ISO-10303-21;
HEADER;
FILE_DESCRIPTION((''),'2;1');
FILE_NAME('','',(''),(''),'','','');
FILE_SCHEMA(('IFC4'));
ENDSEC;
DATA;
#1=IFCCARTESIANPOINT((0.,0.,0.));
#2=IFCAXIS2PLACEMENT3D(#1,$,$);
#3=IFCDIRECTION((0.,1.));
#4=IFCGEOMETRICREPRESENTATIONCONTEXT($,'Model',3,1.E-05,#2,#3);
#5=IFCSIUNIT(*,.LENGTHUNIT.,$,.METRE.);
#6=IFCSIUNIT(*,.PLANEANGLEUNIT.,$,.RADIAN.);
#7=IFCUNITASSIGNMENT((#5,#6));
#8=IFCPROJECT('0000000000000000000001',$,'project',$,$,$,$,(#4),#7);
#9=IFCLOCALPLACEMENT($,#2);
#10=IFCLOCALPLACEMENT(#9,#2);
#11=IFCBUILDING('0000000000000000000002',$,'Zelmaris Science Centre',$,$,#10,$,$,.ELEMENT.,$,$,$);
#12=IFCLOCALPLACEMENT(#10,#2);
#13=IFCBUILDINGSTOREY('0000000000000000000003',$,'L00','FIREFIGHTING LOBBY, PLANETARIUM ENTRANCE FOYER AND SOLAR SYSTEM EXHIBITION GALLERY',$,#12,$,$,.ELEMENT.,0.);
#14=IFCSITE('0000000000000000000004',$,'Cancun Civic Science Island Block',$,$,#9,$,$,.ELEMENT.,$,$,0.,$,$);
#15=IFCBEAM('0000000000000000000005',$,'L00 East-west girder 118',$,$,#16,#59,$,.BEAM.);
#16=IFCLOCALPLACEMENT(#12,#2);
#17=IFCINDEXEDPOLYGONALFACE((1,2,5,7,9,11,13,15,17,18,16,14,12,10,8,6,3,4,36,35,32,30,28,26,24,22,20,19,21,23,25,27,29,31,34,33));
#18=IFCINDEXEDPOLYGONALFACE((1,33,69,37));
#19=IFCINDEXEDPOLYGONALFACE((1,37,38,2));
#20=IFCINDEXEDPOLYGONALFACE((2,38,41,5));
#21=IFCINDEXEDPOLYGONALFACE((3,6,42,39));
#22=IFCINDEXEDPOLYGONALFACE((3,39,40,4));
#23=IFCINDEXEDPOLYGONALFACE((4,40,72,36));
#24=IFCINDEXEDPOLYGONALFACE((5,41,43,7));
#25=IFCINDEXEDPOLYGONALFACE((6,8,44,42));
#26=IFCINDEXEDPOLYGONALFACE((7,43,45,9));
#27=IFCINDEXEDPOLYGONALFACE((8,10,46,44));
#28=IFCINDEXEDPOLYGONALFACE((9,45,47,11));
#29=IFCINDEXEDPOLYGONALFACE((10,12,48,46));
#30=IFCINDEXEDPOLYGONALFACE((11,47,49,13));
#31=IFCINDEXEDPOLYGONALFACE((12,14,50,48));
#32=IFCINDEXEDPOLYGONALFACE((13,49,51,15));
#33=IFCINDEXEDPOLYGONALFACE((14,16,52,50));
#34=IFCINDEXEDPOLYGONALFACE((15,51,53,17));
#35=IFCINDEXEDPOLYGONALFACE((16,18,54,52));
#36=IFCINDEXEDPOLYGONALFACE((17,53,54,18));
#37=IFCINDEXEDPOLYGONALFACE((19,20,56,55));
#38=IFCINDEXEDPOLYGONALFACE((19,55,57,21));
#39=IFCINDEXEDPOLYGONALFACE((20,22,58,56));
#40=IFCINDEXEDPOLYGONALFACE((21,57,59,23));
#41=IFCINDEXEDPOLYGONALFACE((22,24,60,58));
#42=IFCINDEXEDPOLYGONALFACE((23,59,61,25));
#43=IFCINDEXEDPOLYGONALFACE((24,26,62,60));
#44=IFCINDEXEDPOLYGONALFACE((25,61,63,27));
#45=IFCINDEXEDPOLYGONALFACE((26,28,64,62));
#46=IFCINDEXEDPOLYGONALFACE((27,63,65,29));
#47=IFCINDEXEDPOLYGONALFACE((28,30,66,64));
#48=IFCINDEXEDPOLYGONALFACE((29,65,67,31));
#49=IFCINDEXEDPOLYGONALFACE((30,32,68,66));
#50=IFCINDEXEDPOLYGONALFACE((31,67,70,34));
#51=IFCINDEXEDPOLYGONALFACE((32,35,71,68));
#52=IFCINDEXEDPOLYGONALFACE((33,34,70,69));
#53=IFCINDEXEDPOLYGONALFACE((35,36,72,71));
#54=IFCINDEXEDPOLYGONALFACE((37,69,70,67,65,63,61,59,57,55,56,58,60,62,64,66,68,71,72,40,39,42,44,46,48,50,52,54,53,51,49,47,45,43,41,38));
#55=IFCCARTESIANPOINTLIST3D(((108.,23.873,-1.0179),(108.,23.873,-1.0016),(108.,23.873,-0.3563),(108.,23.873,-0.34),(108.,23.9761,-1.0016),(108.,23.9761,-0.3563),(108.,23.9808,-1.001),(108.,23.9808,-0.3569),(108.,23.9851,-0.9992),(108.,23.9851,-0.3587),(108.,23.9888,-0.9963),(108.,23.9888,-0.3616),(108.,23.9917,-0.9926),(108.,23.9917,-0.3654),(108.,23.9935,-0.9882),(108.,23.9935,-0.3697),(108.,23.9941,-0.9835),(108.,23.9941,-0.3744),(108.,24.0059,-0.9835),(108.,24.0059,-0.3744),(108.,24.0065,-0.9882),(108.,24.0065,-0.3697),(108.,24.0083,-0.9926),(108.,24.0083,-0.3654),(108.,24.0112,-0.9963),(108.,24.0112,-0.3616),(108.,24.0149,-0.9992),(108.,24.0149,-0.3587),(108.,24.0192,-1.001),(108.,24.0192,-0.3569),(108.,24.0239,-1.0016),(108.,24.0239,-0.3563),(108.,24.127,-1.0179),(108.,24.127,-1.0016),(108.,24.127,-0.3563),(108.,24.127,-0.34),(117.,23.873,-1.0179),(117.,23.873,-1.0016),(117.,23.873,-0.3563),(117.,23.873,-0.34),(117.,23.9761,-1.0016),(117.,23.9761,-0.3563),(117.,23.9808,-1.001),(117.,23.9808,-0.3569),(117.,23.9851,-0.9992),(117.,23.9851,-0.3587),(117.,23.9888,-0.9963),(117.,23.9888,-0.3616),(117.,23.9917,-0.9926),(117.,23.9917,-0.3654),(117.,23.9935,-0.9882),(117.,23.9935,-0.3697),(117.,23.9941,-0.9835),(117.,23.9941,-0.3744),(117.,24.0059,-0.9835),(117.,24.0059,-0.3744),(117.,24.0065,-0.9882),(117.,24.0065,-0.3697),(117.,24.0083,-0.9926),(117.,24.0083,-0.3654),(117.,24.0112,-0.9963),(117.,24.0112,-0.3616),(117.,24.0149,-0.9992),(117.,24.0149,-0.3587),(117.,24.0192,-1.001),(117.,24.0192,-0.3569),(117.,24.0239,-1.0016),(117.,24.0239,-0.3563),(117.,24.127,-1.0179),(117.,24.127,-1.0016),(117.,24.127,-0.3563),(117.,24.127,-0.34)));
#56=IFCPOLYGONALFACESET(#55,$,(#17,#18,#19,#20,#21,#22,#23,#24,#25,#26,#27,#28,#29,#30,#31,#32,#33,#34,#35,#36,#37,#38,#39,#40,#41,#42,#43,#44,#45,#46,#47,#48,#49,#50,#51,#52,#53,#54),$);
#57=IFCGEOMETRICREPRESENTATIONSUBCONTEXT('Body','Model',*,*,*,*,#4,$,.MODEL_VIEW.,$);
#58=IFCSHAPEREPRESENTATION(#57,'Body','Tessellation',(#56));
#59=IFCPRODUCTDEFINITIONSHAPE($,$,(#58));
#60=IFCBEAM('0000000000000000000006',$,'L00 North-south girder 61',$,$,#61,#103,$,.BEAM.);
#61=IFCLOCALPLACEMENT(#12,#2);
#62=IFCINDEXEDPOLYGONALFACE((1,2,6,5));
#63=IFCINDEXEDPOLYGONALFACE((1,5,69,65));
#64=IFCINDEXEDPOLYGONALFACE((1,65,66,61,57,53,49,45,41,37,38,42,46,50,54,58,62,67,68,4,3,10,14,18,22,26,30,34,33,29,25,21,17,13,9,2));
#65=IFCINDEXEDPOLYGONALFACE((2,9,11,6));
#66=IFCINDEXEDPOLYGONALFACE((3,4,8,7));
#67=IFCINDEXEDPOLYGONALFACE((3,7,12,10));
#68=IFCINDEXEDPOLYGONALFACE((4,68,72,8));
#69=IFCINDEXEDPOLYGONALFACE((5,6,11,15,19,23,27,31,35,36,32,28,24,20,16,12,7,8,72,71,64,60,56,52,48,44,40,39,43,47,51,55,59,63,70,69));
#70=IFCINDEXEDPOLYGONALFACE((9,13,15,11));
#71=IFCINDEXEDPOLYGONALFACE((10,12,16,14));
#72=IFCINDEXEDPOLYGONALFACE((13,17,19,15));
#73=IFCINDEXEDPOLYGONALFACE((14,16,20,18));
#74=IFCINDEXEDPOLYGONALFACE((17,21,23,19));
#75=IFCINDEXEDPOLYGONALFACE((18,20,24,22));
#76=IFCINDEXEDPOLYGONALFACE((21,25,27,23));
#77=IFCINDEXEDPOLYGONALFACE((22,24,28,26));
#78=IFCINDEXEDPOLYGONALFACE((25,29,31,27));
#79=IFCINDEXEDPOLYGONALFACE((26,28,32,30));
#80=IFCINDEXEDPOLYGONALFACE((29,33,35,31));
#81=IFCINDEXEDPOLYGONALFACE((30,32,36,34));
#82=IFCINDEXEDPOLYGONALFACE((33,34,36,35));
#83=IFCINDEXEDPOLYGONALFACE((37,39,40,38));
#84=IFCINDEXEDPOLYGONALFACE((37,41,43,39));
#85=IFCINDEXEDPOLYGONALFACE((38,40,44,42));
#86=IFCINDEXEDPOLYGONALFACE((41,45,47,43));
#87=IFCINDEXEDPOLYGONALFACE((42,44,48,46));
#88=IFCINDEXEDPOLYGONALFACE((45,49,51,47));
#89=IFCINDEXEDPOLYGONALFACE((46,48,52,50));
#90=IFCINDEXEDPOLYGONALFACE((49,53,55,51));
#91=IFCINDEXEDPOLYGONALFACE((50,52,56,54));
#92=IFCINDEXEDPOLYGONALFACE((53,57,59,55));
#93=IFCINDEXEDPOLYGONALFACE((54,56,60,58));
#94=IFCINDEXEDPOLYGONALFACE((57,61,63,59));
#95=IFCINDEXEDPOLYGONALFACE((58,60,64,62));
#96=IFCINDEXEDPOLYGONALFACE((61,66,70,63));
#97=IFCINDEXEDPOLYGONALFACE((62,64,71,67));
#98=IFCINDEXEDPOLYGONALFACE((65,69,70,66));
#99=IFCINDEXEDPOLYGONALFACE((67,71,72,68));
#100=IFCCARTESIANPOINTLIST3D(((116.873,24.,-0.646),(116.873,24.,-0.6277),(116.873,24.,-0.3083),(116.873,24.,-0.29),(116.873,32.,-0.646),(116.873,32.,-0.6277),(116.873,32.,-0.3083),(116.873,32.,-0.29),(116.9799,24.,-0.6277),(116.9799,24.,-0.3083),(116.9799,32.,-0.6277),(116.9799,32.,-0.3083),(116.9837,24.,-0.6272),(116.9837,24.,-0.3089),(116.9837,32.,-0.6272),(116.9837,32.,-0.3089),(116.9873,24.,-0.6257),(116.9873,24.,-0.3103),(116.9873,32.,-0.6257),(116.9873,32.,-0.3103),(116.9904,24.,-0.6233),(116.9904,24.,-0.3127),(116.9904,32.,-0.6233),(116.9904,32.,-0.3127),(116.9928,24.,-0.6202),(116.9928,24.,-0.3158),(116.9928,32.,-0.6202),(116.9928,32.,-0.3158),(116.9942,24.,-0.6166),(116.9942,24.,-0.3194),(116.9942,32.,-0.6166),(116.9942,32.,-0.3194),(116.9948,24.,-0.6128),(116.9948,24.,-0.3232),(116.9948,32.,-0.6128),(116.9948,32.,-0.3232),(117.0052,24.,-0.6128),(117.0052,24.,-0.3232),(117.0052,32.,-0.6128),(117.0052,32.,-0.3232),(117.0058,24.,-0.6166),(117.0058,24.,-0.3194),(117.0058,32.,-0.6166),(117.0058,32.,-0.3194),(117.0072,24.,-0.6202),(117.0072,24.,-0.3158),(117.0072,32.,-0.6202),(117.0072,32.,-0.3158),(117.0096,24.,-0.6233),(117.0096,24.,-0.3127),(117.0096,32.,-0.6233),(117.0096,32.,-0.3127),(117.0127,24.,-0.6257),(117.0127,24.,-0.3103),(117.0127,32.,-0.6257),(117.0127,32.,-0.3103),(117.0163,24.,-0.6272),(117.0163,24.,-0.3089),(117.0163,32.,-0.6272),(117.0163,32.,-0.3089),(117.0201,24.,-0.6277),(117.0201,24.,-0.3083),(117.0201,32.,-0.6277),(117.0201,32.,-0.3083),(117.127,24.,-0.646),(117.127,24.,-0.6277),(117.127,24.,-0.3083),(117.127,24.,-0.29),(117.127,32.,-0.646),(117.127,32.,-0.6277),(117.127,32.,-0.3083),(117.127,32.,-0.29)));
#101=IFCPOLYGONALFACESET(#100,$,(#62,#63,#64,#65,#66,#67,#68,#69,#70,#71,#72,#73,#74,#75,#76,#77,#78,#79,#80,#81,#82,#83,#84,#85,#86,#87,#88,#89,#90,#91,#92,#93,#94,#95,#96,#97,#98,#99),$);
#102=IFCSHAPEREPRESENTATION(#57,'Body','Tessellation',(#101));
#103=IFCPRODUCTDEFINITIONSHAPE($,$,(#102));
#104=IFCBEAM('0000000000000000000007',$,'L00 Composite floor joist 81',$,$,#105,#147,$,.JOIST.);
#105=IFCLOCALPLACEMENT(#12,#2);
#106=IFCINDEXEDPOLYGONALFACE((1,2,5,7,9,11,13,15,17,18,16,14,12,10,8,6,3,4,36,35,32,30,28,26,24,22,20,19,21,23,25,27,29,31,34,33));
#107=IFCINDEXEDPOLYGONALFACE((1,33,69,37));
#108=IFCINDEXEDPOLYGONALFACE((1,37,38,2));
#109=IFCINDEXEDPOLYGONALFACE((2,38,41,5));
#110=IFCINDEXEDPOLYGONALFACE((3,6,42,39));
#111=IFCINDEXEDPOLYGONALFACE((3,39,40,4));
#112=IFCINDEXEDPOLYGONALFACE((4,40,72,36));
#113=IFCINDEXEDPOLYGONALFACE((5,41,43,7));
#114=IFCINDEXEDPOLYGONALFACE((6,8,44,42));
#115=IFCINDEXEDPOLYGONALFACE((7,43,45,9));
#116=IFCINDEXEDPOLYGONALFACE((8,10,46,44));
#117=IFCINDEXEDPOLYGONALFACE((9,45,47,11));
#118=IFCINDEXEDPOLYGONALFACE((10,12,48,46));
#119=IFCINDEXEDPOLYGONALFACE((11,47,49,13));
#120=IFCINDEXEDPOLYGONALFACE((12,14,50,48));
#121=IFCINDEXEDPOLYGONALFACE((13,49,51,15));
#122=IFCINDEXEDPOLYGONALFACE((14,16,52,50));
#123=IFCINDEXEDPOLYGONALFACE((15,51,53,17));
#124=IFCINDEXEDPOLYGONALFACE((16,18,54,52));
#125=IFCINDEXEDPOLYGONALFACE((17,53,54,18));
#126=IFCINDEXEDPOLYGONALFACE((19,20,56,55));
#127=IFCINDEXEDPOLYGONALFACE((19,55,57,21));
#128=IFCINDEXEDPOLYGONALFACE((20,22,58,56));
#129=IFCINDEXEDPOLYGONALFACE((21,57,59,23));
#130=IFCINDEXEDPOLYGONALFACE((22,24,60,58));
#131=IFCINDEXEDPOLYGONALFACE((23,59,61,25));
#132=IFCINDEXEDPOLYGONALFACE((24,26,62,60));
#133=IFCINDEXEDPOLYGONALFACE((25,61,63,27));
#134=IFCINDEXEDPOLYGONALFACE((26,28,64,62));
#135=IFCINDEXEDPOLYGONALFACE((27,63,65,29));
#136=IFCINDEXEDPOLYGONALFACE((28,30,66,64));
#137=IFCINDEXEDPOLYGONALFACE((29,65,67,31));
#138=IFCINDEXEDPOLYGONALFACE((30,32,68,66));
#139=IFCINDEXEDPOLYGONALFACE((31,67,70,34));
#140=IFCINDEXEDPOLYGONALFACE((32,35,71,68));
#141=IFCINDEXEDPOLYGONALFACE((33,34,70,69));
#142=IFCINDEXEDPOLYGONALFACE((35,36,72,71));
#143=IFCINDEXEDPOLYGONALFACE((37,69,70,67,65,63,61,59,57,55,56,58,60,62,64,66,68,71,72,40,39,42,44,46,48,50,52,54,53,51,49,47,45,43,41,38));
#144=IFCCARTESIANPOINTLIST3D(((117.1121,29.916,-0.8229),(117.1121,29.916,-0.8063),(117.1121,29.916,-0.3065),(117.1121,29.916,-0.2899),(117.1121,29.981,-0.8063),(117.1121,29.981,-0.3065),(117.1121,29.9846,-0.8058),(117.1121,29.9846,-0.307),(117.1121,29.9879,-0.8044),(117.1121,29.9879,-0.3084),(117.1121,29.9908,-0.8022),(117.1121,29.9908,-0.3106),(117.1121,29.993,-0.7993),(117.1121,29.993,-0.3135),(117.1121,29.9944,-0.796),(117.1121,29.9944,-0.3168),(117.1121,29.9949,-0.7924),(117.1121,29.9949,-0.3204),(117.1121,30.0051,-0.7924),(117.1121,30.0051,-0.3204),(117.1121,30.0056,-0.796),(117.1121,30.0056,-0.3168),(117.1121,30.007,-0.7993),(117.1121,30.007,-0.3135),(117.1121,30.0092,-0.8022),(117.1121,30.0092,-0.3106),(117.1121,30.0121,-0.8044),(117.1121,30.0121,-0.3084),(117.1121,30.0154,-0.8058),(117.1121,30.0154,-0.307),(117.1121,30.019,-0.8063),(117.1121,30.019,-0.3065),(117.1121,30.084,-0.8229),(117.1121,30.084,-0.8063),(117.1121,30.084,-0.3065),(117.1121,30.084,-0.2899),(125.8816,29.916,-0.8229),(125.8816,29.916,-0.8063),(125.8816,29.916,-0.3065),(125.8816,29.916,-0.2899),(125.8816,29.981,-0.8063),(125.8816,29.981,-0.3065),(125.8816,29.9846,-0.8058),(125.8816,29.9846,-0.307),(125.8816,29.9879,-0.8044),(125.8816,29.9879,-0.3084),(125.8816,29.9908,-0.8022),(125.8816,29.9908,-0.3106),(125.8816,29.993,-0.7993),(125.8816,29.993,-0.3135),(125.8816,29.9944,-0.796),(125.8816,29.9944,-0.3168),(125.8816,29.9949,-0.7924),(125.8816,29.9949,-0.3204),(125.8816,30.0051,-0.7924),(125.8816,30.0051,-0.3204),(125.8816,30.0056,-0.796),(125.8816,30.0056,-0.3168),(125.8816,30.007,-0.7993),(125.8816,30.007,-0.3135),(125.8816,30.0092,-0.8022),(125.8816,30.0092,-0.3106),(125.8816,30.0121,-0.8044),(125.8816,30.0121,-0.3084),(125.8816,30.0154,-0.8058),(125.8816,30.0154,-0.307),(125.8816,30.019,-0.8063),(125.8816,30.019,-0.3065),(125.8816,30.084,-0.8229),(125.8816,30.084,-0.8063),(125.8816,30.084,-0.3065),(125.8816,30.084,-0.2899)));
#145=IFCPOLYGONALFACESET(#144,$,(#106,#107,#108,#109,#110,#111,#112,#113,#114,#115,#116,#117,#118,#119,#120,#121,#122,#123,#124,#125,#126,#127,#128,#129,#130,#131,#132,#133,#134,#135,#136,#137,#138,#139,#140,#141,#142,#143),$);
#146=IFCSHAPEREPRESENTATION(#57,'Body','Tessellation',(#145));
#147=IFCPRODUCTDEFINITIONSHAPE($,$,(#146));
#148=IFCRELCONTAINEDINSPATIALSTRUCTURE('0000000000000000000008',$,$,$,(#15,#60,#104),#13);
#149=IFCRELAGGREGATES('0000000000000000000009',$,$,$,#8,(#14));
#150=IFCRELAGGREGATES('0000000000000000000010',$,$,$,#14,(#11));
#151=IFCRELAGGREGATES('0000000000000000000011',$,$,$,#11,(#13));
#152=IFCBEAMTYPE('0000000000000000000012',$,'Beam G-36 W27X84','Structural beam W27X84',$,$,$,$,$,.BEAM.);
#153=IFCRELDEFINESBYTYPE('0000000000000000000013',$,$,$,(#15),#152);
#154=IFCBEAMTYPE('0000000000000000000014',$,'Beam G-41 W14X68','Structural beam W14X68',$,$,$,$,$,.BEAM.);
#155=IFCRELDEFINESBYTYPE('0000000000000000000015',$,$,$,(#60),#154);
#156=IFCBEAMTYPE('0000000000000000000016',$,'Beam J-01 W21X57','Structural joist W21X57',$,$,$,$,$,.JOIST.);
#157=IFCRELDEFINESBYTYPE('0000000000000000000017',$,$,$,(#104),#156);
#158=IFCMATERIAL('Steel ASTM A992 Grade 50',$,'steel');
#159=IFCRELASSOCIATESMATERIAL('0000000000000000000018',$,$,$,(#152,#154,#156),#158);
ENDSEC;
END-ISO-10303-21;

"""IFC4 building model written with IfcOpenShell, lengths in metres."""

from ifc_helpers import new_model, si_unit, direction, frame, origin, origin_2d, place, context, subcontext, project, spatial, i_section, extrude, material, material_profile, profile_set, type_object, element, save


model = new_model("IFC4")

# Units and contexts
model_context = context("Model", 3, precision=1e-05, world=origin(), true_north=direction((0.0, 1.0)))
body_context = subcontext(model_context, "Body", "Model", "MODEL_VIEW")
ifc_project = project(units=[si_unit("LENGTHUNIT", "METRE"), si_unit("PLANEANGLEUNIT", "RADIAN")], contexts=[model_context])

# Site, building, storey
site_placement = place(None, origin())
site = spatial("IfcSite", under=ifc_project, at=site_placement, Name="Cancun Civic Science Island Block", CompositionType="ELEMENT", RefElevation=0.0)
building_placement = place(site_placement, origin())
building = spatial("IfcBuilding", under=site, at=building_placement, Name="Zelmaris Science Centre", CompositionType="ELEMENT")
storey_placement = place(building_placement, origin())
storey = spatial("IfcBuildingStorey", under=building, at=storey_placement, Name="L00", Description="FIREFIGHTING LOBBY, PLANETARIUM ENTRANCE FOYER AND SOLAR SYSTEM EXHIBITION GALLERY", CompositionType="ELEMENT", Elevation=0.0)

# Shared definitions
ifc_material_1 = material(Name="Steel ASTM A992 Grade 50", Category="steel")

# Beams
ifc_material_profile_1 = material_profile(ifc_material_1, i_section(OverallWidth=0.2539, OverallDepth=0.678, WebThickness=0.0117, FlangeThickness=0.0164, FilletRadius=0.0181, at=origin_2d()), Name="W27X84")
ifc_profile_set_1 = profile_set([ifc_material_profile_1], Name="Steel ASTM A992 Grade 50")
beam_type_1 = type_object("IfcBeamType", Name="Beam G-36 W27X84", Description="Structural beam W27X84", PredefinedType="BEAM", material=ifc_profile_set_1)
beam_1_placement = place(storey_placement, frame((108.0, 24.0, -0.679), z_axis=(1.0, 0.0, 0.0), x_axis=(0.0, 1.0, 0.0)))
element("IfcBeam", 1, at=beam_1_placement, inside=storey, type_object=beam_type_1, Name="L00 East-west girder 118", PredefinedType="BEAM", context=body_context, shape_type="SweptSolid", body=[
    extrude(i_section(OverallWidth=0.2539, OverallDepth=0.678, WebThickness=0.0117, FlangeThickness=0.0164, FilletRadius=0.0181, at=origin_2d()), origin(), (0.0, 0.0, 1.0), 9.0),
])
ifc_material_profile_2 = material_profile(ifc_material_1, i_section(OverallWidth=0.2539, OverallDepth=0.356, WebThickness=0.0105, FlangeThickness=0.0183, FilletRadius=0.0149, at=origin_2d()), Name="W14X68")
ifc_profile_set_2 = profile_set([ifc_material_profile_2], Name="Steel ASTM A992 Grade 50")
beam_type_2 = type_object("IfcBeamType", Name="Beam G-41 W14X68", Description="Structural beam W14X68", PredefinedType="BEAM", material=ifc_profile_set_2)
beam_2_placement = place(storey_placement, frame((117.0, 24.0, -0.468), z_axis=(0.0, 1.0, 0.0), x_axis=(-1.0, 0.0, 0.0)))
element("IfcBeam", 2, at=beam_2_placement, inside=storey, type_object=beam_type_2, Name="L00 North-south girder 61", PredefinedType="BEAM", context=body_context, shape_type="SweptSolid", body=[
    extrude(i_section(OverallWidth=0.2539, OverallDepth=0.356, WebThickness=0.0105, FlangeThickness=0.0183, FilletRadius=0.0149, at=origin_2d()), origin(), (0.0, 0.0, 1.0), 8.0),
])
ifc_material_profile_3 = material_profile(ifc_material_1, i_section(OverallWidth=0.168, OverallDepth=0.533, WebThickness=0.0103, FlangeThickness=0.0166, FilletRadius=0.0139, at=origin_2d()), Name="W21X57")
ifc_profile_set_3 = profile_set([ifc_material_profile_3], Name="Steel ASTM A992 Grade 50")
beam_type_3 = type_object("IfcBeamType", Name="Beam J-01 W21X57", Description="Structural joist W21X57", PredefinedType="JOIST", material=ifc_profile_set_3)
beam_3_placement = place(storey_placement, frame((117.1121, 30.0, -0.5564), z_axis=(1.0, 0.0, 0.0), x_axis=(0.0, 1.0, 0.0)))
element("IfcBeam", 3, at=beam_3_placement, inside=storey, type_object=beam_type_3, Name="L00 Composite floor joist 81", PredefinedType="JOIST", context=body_context, shape_type="SweptSolid", body=[
    extrude(i_section(OverallWidth=0.168, OverallDepth=0.533, WebThickness=0.0103, FlangeThickness=0.0166, FilletRadius=0.0139, at=origin_2d()), origin(), (0.0, 0.0, 1.0), 8.7695),
])

save(model, "model.ifc")
